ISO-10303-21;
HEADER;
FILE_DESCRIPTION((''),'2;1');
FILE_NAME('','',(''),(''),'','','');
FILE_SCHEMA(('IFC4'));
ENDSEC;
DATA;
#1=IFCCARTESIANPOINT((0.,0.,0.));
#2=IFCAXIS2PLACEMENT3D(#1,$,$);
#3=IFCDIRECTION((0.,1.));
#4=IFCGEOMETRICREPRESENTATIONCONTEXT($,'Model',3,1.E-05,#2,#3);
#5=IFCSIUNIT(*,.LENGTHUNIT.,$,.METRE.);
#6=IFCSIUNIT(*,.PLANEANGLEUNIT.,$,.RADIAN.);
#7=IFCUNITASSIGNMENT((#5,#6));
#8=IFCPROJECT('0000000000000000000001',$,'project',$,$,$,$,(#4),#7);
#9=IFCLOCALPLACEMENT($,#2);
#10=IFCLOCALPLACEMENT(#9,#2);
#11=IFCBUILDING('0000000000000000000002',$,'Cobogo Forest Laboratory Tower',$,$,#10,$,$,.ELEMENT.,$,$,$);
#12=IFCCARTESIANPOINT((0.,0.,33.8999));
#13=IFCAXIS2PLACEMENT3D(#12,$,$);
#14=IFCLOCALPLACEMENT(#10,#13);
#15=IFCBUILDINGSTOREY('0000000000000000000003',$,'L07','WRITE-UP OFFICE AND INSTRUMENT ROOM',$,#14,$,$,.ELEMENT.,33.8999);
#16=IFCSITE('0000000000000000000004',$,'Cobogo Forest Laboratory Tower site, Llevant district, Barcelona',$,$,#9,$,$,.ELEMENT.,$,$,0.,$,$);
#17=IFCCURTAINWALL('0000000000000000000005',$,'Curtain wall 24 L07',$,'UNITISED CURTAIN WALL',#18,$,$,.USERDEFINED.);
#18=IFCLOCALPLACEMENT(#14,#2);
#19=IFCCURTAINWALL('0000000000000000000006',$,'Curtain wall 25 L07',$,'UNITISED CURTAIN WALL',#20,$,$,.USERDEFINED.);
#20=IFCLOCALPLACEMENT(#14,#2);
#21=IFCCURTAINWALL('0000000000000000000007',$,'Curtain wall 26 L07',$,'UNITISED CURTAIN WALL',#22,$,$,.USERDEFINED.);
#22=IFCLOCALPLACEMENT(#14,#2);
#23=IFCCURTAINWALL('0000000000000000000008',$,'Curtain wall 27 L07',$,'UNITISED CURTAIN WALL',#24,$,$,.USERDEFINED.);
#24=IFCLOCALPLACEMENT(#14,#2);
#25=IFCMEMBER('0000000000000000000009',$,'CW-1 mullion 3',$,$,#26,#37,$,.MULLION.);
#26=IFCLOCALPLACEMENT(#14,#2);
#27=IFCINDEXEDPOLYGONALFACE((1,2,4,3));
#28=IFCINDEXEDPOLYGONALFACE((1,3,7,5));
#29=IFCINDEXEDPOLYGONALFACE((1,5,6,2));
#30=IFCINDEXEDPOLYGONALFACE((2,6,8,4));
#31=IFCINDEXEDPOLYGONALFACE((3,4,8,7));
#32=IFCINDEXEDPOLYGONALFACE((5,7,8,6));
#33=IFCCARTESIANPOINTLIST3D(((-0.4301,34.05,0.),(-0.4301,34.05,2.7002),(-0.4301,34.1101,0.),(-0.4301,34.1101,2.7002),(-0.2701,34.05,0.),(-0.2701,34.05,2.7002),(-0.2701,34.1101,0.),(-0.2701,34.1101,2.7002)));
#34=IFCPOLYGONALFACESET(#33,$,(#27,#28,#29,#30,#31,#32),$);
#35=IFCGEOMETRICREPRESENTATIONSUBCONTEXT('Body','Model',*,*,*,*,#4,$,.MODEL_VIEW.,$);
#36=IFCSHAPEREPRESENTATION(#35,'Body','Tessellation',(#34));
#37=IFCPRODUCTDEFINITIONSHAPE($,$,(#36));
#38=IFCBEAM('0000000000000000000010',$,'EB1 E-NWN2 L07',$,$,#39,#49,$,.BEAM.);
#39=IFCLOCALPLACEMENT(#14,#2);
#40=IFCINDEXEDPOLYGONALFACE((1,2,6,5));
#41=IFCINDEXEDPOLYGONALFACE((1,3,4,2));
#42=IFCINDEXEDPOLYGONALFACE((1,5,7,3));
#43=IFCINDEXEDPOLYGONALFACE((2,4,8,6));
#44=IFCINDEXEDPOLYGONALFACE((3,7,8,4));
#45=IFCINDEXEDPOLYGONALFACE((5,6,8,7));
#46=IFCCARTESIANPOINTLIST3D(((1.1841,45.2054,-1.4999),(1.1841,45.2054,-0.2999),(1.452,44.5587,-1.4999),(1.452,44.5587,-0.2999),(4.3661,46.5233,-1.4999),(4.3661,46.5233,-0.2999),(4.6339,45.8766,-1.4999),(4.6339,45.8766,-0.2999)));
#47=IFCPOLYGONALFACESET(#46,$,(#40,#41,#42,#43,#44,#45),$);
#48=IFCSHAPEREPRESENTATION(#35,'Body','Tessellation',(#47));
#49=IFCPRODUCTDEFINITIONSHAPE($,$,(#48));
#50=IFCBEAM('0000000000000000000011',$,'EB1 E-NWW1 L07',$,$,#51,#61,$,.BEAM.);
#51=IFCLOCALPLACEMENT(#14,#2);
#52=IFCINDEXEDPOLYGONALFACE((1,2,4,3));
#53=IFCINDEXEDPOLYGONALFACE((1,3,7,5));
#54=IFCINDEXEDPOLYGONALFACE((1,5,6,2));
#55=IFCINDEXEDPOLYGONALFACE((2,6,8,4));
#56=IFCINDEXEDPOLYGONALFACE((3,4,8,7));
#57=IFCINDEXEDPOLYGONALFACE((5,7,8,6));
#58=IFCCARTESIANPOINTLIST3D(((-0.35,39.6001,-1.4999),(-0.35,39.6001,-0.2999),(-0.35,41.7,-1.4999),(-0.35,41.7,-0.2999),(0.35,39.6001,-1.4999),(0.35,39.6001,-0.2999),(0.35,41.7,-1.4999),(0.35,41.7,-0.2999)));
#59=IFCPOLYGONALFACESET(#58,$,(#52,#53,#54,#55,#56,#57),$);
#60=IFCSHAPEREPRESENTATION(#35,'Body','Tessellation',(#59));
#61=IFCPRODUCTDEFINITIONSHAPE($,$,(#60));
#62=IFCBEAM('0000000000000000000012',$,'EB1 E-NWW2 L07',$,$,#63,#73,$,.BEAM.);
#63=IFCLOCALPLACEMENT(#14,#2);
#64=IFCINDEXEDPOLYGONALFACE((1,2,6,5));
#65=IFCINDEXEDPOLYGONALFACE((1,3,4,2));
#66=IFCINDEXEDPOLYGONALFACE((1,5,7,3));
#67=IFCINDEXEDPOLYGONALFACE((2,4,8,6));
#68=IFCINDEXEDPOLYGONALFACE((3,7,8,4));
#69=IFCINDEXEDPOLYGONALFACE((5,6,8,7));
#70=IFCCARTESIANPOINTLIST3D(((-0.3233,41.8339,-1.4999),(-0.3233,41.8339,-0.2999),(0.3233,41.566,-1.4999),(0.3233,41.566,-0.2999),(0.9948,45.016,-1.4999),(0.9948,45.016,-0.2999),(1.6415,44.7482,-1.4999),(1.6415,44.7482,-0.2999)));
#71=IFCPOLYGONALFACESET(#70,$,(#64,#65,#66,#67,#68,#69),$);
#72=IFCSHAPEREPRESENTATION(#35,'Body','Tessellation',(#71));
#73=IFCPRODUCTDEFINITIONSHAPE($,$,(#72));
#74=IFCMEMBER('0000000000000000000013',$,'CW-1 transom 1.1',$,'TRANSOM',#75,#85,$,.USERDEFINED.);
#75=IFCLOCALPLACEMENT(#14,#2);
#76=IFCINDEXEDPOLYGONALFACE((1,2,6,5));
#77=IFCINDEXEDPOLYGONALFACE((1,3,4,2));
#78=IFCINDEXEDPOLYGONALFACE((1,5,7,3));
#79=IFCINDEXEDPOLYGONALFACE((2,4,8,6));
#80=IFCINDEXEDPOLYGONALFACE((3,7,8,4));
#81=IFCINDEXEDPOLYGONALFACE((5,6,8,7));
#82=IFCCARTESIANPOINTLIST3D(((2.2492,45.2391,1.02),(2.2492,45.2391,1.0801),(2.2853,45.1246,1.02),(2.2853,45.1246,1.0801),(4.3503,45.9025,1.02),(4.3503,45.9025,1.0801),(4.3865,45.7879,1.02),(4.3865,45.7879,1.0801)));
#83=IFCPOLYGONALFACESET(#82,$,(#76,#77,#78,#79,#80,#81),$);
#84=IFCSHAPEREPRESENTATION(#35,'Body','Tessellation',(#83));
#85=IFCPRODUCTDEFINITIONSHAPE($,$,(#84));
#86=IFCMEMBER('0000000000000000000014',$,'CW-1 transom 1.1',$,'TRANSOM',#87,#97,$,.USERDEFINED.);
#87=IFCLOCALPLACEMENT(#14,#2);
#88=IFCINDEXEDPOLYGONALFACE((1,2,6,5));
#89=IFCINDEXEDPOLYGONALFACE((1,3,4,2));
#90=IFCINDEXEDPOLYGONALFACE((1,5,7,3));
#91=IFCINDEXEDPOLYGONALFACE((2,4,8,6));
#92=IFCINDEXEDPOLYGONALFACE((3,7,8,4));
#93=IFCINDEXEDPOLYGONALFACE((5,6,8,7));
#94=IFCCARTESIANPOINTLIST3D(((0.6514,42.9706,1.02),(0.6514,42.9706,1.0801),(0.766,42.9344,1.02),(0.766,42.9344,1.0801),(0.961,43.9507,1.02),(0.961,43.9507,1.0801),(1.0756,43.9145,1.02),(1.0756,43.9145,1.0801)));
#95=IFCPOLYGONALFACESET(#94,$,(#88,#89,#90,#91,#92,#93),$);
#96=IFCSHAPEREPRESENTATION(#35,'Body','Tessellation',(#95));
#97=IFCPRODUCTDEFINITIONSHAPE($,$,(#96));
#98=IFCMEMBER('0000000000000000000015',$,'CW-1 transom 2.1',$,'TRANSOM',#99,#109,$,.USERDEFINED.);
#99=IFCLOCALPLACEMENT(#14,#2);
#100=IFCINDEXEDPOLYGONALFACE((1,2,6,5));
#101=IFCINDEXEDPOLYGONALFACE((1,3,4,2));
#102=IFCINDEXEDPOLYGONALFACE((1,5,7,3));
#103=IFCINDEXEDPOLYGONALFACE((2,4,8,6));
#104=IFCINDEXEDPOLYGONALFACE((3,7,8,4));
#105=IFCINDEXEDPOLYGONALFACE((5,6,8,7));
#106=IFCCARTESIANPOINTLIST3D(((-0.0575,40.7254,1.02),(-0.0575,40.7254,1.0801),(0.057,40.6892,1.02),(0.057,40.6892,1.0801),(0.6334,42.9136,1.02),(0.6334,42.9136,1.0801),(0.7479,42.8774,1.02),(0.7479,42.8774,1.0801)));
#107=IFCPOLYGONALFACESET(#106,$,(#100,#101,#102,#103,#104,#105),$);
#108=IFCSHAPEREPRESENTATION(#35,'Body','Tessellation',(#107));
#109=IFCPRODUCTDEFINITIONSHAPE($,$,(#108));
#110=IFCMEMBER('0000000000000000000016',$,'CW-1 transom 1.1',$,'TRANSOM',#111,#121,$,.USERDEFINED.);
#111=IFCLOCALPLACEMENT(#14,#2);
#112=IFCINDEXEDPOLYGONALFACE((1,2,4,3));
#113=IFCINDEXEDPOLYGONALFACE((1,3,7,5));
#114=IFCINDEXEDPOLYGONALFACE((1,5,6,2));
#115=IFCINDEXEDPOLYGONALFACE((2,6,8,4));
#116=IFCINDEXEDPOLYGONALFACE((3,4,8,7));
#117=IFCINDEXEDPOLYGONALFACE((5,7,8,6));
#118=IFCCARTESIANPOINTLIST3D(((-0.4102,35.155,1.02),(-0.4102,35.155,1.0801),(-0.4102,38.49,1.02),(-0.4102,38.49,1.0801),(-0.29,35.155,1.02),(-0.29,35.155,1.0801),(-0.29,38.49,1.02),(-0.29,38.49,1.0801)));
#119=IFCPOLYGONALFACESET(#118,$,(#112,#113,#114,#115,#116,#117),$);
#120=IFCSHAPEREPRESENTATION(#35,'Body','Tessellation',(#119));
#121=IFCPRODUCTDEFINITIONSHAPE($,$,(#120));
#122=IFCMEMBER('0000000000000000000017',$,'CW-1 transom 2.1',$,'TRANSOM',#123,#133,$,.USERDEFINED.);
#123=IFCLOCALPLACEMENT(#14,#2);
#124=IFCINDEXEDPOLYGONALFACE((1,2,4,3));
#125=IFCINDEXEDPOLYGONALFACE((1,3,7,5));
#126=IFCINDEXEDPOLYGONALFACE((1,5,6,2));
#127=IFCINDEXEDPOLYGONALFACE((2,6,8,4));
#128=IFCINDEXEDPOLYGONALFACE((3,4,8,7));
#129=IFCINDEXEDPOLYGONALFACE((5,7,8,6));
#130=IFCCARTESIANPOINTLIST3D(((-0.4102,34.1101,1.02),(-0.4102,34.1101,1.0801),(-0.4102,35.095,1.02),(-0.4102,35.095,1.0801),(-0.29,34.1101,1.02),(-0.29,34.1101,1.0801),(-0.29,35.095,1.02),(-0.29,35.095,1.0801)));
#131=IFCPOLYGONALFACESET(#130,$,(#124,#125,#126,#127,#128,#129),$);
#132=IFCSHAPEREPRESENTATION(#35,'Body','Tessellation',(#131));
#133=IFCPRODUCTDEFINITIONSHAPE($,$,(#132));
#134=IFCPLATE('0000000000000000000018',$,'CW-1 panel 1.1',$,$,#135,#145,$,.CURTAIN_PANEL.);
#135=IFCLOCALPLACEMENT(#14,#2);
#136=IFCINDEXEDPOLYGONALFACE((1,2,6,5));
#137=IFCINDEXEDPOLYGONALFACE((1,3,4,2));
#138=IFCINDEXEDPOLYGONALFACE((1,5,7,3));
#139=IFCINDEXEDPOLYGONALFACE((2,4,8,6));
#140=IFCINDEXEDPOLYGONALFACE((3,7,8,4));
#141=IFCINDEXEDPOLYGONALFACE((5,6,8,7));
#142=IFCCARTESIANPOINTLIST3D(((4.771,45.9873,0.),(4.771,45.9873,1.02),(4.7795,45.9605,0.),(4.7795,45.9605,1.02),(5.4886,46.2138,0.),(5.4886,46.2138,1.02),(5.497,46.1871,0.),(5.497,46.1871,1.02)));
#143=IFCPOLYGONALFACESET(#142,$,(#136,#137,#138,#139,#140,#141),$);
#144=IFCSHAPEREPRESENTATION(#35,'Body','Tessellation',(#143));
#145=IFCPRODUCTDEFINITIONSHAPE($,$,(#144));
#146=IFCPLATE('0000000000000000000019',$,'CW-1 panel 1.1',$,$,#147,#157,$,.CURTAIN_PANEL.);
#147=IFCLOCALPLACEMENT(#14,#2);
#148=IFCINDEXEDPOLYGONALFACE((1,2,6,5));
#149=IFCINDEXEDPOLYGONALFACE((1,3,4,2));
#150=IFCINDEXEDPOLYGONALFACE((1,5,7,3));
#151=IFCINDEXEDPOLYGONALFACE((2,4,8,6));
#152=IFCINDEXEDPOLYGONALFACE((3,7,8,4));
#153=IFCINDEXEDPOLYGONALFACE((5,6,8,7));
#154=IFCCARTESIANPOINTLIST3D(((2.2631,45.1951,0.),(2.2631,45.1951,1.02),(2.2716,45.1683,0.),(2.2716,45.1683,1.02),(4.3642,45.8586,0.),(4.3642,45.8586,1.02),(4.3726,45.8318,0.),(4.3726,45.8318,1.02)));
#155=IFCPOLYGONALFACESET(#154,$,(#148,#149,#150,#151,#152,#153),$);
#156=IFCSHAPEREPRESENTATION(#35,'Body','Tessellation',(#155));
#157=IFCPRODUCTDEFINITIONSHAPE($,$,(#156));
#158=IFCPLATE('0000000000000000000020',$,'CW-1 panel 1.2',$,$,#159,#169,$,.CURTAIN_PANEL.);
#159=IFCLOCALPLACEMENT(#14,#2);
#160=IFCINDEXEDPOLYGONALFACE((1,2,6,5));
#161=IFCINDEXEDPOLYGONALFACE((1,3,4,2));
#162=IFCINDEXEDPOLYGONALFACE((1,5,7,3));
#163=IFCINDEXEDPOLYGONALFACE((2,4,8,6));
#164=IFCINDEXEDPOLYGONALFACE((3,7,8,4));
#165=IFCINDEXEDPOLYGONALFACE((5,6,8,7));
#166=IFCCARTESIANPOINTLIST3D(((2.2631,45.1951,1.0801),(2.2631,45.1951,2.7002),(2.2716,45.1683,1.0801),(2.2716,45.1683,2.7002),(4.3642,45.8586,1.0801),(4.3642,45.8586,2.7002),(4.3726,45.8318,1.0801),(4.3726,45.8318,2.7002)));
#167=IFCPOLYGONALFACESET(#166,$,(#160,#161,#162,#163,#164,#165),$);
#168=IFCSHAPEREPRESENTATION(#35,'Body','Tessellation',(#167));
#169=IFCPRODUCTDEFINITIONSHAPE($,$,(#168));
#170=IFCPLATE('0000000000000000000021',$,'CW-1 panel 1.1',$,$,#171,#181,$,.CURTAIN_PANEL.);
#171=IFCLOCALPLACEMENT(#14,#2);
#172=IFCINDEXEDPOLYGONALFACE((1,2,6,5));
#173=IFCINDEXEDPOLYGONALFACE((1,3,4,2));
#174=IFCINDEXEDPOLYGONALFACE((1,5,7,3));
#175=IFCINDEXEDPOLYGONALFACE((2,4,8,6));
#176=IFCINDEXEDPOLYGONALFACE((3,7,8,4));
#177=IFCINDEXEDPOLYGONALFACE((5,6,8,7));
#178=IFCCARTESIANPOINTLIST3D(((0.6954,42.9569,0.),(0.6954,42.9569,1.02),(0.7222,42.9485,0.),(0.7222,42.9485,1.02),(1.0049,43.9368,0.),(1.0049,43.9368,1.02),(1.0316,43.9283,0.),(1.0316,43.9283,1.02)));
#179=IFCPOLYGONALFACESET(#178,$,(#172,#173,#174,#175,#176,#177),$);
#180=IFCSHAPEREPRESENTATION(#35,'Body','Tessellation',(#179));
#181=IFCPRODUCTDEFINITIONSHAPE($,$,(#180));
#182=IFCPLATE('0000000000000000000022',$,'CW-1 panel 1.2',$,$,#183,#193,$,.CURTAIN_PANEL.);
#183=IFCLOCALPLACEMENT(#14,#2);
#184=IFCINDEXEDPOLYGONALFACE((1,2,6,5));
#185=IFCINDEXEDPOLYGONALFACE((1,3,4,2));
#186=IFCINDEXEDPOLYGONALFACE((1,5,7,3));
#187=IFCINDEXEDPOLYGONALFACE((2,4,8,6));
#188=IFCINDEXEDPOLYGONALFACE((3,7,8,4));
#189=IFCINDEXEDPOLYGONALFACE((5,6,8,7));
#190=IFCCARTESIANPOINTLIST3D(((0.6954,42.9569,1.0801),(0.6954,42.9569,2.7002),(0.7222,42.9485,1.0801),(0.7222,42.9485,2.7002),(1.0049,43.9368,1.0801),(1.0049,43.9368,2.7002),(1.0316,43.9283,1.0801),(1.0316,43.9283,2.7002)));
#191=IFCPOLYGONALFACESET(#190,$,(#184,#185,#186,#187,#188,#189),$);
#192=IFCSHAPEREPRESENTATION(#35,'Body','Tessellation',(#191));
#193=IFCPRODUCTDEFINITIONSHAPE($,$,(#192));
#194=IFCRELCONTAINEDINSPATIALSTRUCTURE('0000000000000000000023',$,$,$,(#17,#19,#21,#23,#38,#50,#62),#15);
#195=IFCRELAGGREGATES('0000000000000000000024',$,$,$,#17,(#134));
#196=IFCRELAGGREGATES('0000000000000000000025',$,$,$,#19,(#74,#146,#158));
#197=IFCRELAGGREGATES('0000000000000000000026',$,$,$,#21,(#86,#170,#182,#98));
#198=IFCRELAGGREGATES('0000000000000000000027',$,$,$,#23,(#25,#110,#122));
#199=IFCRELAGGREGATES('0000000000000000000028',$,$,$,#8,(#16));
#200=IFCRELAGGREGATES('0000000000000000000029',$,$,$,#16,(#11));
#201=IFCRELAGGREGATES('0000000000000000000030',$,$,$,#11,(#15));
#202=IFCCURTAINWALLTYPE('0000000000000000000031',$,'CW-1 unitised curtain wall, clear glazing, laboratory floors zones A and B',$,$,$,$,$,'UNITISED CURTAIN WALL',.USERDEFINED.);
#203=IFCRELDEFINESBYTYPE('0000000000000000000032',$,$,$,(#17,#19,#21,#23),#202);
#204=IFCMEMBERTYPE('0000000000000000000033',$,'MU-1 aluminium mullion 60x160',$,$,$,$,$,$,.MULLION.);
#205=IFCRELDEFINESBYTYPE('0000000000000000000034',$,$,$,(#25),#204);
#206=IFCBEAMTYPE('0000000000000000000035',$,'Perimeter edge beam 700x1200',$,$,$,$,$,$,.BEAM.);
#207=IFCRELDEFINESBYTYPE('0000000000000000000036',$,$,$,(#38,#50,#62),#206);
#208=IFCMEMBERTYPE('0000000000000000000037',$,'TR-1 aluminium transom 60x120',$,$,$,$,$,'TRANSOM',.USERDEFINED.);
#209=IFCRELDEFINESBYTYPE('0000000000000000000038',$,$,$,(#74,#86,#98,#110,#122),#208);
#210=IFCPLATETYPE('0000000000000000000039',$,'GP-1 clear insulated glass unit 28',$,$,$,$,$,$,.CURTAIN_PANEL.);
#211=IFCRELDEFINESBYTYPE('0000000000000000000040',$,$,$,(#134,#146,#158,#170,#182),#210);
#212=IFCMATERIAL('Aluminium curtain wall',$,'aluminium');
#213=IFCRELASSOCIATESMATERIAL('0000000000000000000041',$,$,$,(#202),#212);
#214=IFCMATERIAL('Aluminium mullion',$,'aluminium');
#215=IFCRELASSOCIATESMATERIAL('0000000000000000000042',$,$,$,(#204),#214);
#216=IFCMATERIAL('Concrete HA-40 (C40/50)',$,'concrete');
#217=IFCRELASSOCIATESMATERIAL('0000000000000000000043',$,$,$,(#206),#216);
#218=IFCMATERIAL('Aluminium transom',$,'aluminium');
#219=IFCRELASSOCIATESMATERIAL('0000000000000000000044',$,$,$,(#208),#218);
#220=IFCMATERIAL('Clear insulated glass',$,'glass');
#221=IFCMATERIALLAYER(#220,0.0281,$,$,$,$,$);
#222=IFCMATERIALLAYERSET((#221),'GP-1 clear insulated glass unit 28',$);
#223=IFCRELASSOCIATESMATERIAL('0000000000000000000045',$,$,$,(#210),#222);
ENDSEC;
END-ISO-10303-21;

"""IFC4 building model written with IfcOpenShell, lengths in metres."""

from ifc_helpers import new_model, si_unit, direction, frame, origin, origin_2d, place, context, subcontext, project, spatial, rectangle, extrude, material, layer, layer_set, material_profile, profile_set, type_object, element, aggregate, save


model = new_model("IFC4")

# Units and contexts
model_context = context("Model", 3, precision=1e-05, world=origin(), true_north=direction((0.0, 1.0)))
body_context = subcontext(model_context, "Body", "Model", "MODEL_VIEW")
ifc_project = project(units=[si_unit("LENGTHUNIT", "METRE"), si_unit("PLANEANGLEUNIT", "RADIAN")], contexts=[model_context])

# Site, building, storey
site_placement = place(None, origin())
site = spatial("IfcSite", under=ifc_project, at=site_placement, Name="Cobogo Forest Laboratory Tower site, Llevant district, Barcelona", CompositionType="ELEMENT", RefElevation=0.0)
building_placement = place(site_placement, origin())
building = spatial("IfcBuilding", under=site, at=building_placement, Name="Cobogo Forest Laboratory Tower", CompositionType="ELEMENT")
storey_placement = place(building_placement, frame((0.0, 0.0, 33.8999)))
storey = spatial("IfcBuildingStorey", under=building, at=storey_placement, Name="L07", Description="WRITE-UP OFFICE AND INSTRUMENT ROOM", CompositionType="ELEMENT", Elevation=33.8999)

# Shared definitions
ifc_material_1 = material(Name="Concrete HA-40 (C40/50)", Category="concrete")

# Curtain wall
ifc_material_2 = material(Name="Aluminium curtain wall", Category="aluminium")
curtain_wall_type = type_object("IfcCurtainWallType", Name="CW-1 unitised curtain wall, clear glazing, laboratory floors zones A and B", ElementType="UNITISED CURTAIN WALL", PredefinedType="USERDEFINED", material=ifc_material_2)
curtain_wall_1_placement = place(storey_placement, origin())
curtain_wall_1 = element("IfcCurtainWall", 1, at=curtain_wall_1_placement, inside=storey, type_object=curtain_wall_type, Name="Curtain wall 24 L07", ObjectType="UNITISED CURTAIN WALL", PredefinedType="USERDEFINED")
ifc_material_3 = material(Name="Aluminium mullion", Category="aluminium")
ifc_material_profile_1 = material_profile(ifc_material_3, rectangle(XDim=0.0601, YDim=0.1599, at=origin_2d()), Name="AL 60x160")
ifc_profile_set_1 = profile_set([ifc_material_profile_1], Name="Aluminium mullion")
member_type_1 = type_object("IfcMemberType", Name="MU-1 aluminium mullion 60x160", PredefinedType="MULLION", material=ifc_profile_set_1)

# Curtain walls, member
curtain_wall_2_placement = place(storey_placement, origin())
curtain_wall_2 = element("IfcCurtainWall", 2, at=curtain_wall_2_placement, inside=storey, type_object=curtain_wall_type, Name="Curtain wall 25 L07", ObjectType="UNITISED CURTAIN WALL", PredefinedType="USERDEFINED")
curtain_wall_3_placement = place(storey_placement, origin())
curtain_wall_3 = element("IfcCurtainWall", 3, at=curtain_wall_3_placement, inside=storey, type_object=curtain_wall_type, Name="Curtain wall 26 L07", ObjectType="UNITISED CURTAIN WALL", PredefinedType="USERDEFINED")
curtain_wall_4_placement = place(storey_placement, origin())
curtain_wall_4 = element("IfcCurtainWall", 4, at=curtain_wall_4_placement, inside=storey, type_object=curtain_wall_type, Name="Curtain wall 27 L07", ObjectType="UNITISED CURTAIN WALL", PredefinedType="USERDEFINED")
member_1_placement = place(storey_placement, frame((-0.3501, 34.0801, 0.0), z_axis=(0.0, 0.0, 1.0), x_axis=(0.0, -1.0, 0.0)))
member_1 = element("IfcMember", 5, at=member_1_placement, type_object=member_type_1, Name="CW-1 mullion 3", PredefinedType="MULLION", context=body_context, shape_type="SweptSolid", body=[
    extrude(rectangle(XDim=0.0601, YDim=0.1599, at=origin_2d()), origin(), (0.0, 0.0, 1.0), 2.7002),
])

# Beams
ifc_material_profile_2 = material_profile(ifc_material_1, rectangle(XDim=0.7, YDim=1.2, at=origin_2d()), Name="RC 700x1200")
ifc_profile_set_2 = profile_set([ifc_material_profile_2], Name="Concrete HA-40 (C40/50)")
beam_type_1 = type_object("IfcBeamType", Name="Perimeter edge beam 700x1200", PredefinedType="BEAM", material=ifc_profile_set_2)
beam_1_placement = place(storey_placement, frame((4.5, 46.2, -0.8999), z_axis=(-0.923891, -0.382656, 0.0), x_axis=(0.382656, -0.923891, 0.0)))
element("IfcBeam", 6, at=beam_1_placement, inside=storey, type_object=beam_type_1, Name="EB1 E-NWN2 L07", PredefinedType="BEAM", context=body_context, shape_type="SweptSolid", body=[
    extrude(rectangle(XDim=0.7, YDim=1.2, at=origin_2d()), origin(), (0.0, 0.0, 1.0), 3.4441),
])
beam_2_placement = place(storey_placement, frame((0.0, 39.6001, -0.8999), z_axis=(0.0, 1.0, 0.0), x_axis=(-1.0, 0.0, 0.0)))
element("IfcBeam", 7, at=beam_2_placement, inside=storey, type_object=beam_type_1, Name="EB1 E-NWW1 L07", PredefinedType="BEAM", context=body_context, shape_type="SweptSolid", body=[
    extrude(rectangle(XDim=0.7, YDim=1.2, at=origin_2d()), origin(), (0.0, 0.0, 1.0), 2.0999),
])
beam_3_placement = place(storey_placement, frame((0.0, 41.7, -0.8999), z_axis=(0.382692, 0.923876, 0.0), x_axis=(-0.923876, 0.382692, 0.0)))
element("IfcBeam", 8, at=beam_3_placement, inside=storey, type_object=beam_type_1, Name="EB1 E-NWW2 L07", PredefinedType="BEAM", context=body_context, shape_type="SweptSolid", body=[
    extrude(rectangle(XDim=0.7, YDim=1.2, at=origin_2d()), origin(), (0.0, 0.0, 1.0), 3.4443),
])

# Members
ifc_material_4 = material(Name="Aluminium transom", Category="aluminium")
ifc_material_profile_3 = material_profile(ifc_material_4, rectangle(XDim=0.1201, YDim=0.0601, at=origin_2d()), Name="AL 60x120")
ifc_profile_set_3 = profile_set([ifc_material_profile_3], Name="Aluminium transom")
member_type_2 = type_object("IfcMemberType", Name="TR-1 aluminium transom 60x120", ElementType="TRANSOM", PredefinedType="USERDEFINED", material=ifc_profile_set_3)
member_2_placement = place(storey_placement, frame((4.3684, 45.8452, 1.05), z_axis=(-0.953604, -0.301062, 0.0), x_axis=(0.301062, -0.953604, 0.0)))
member_2 = element("IfcMember", 9, at=member_2_placement, type_object=member_type_2, Name="CW-1 transom 1.1", ObjectType="TRANSOM", PredefinedType="USERDEFINED", context=body_context, shape_type="SweptSolid", body=[
    extrude(rectangle(XDim=0.1201, YDim=0.0601, at=origin_2d()), origin(), (0.0, 0.0, 1.0), 2.2034),
])
member_3_placement = place(storey_placement, frame((1.0183, 43.9326, 1.05), z_axis=(-0.301222, -0.953554, 0.0), x_axis=(0.953554, -0.301222, 0.0)))
member_3 = element("IfcMember", 10, at=member_3_placement, type_object=member_type_2, Name="CW-1 transom 1.1", ObjectType="TRANSOM", PredefinedType="USERDEFINED", context=body_context, shape_type="SweptSolid", body=[
    extrude(rectangle(XDim=0.1201, YDim=0.0601, at=origin_2d()), origin(), (0.0, 0.0, 1.0), 1.0278),
])
member_4_placement = place(storey_placement, frame((0.6907, 42.8955, 1.05), z_axis=(-0.301091, -0.953596, 0.0), x_axis=(0.953596, -0.301091, 0.0)))
member_4 = element("IfcMember", 11, at=member_4_placement, type_object=member_type_2, Name="CW-1 transom 2.1", ObjectType="TRANSOM", PredefinedType="USERDEFINED", context=body_context, shape_type="SweptSolid", body=[
    extrude(rectangle(XDim=0.1201, YDim=0.0601, at=origin_2d()), origin(), (0.0, 0.0, 1.0), 2.2947),
])
member_5_placement = place(storey_placement, frame((-0.3501, 38.49, 1.05), z_axis=(0.0, -1.0, 0.0), x_axis=(1.0, 0.0, 0.0)))
member_5 = element("IfcMember", 12, at=member_5_placement, type_object=member_type_2, Name="CW-1 transom 1.1", ObjectType="TRANSOM", PredefinedType="USERDEFINED", context=body_context, shape_type="SweptSolid", body=[
    extrude(rectangle(XDim=0.1201, YDim=0.0601, at=origin_2d()), origin(), (0.0, 0.0, 1.0), 3.335),
])
member_6_placement = place(storey_placement, frame((-0.3501, 35.095, 1.05), z_axis=(0.0, -1.0, 0.0), x_axis=(1.0, 0.0, 0.0)))
member_6 = element("IfcMember", 13, at=member_6_placement, type_object=member_type_2, Name="CW-1 transom 2.1", ObjectType="TRANSOM", PredefinedType="USERDEFINED", context=body_context, shape_type="SweptSolid", body=[
    extrude(rectangle(XDim=0.1201, YDim=0.0601, at=origin_2d()), origin(), (0.0, 0.0, 1.0), 0.9849),
])

# Plates
ifc_material_5 = material(Name="Clear insulated glass", Category="glass")
ifc_layer_1 = layer(ifc_material_5, 0.0281)
ifc_layer_set_1 = layer_set([ifc_layer_1], Name="GP-1 clear insulated glass unit 28")
plate_type_1 = type_object("IfcPlateType", Name="GP-1 clear insulated glass unit 28", PredefinedType="CURTAIN_PANEL", material=ifc_layer_set_1)
plate_1_placement = place(storey_placement, frame((5.134, 46.0872, 0.0), z_axis=(0.0, 0.0, 1.0), x_axis=(-0.953582, -0.301135, 0.0)))
plate_1 = element("IfcPlate", 14, at=plate_1_placement, type_object=plate_type_1, Name="CW-1 panel 1.1", PredefinedType="CURTAIN_PANEL", context=body_context, shape_type="SweptSolid", body=[
    extrude(rectangle(XDim=0.7524, YDim=0.0281, at=origin_2d()), origin(), (0.0, 0.0, 1.0), 1.02),
])
aggregate(curtain_wall_1, [plate_1])
plate_2_placement = place(storey_placement, frame((3.3179, 45.5134, 0.0), z_axis=(0.0, 0.0, 1.0), x_axis=(-0.953581, -0.301135, 0.0)))
plate_2 = element("IfcPlate", 15, at=plate_2_placement, type_object=plate_type_1, Name="CW-1 panel 1.1", PredefinedType="CURTAIN_PANEL", context=body_context, shape_type="SweptSolid", body=[
    extrude(rectangle(XDim=2.2034, YDim=0.0281, at=origin_2d()), origin(), (0.0, 0.0, 1.0), 1.02),
])
plate_3_placement = place(storey_placement, frame((3.3179, 45.5134, 1.0801), z_axis=(0.0, 0.0, 1.0), x_axis=(-0.953581, -0.301135, 0.0)))
plate_3 = element("IfcPlate", 16, at=plate_3_placement, type_object=plate_type_1, Name="CW-1 panel 1.2", PredefinedType="CURTAIN_PANEL", context=body_context, shape_type="SweptSolid", body=[
    extrude(rectangle(XDim=2.2034, YDim=0.0281, at=origin_2d()), origin(), (0.0, 0.0, 1.0), 1.6201),
])
aggregate(curtain_wall_2, [member_2, plate_2, plate_3])
plate_4_placement = place(storey_placement, frame((0.8635, 43.4426, 0.0), z_axis=(0.0, 0.0, 1.0), x_axis=(-0.301135, -0.953581, 0.0)))
plate_4 = element("IfcPlate", 17, at=plate_4_placement, type_object=plate_type_1, Name="CW-1 panel 1.1", PredefinedType="CURTAIN_PANEL", context=body_context, shape_type="SweptSolid", body=[
    extrude(rectangle(XDim=1.0276, YDim=0.0281, at=origin_2d()), origin(), (0.0, 0.0, 1.0), 1.02),
])
plate_5_placement = place(storey_placement, frame((0.8635, 43.4426, 1.0801), z_axis=(0.0, 0.0, 1.0), x_axis=(-0.301135, -0.953581, 0.0)))
plate_5 = element("IfcPlate", 18, at=plate_5_placement, type_object=plate_type_1, Name="CW-1 panel 1.2", PredefinedType="CURTAIN_PANEL", context=body_context, shape_type="SweptSolid", body=[
    extrude(rectangle(XDim=1.0276, YDim=0.0281, at=origin_2d()), origin(), (0.0, 0.0, 1.0), 1.6201),
])
aggregate(curtain_wall_3, [member_3, plate_4, plate_5, member_4])
aggregate(curtain_wall_4, [member_1, member_5, member_6])

save(model, "model.ifc")
